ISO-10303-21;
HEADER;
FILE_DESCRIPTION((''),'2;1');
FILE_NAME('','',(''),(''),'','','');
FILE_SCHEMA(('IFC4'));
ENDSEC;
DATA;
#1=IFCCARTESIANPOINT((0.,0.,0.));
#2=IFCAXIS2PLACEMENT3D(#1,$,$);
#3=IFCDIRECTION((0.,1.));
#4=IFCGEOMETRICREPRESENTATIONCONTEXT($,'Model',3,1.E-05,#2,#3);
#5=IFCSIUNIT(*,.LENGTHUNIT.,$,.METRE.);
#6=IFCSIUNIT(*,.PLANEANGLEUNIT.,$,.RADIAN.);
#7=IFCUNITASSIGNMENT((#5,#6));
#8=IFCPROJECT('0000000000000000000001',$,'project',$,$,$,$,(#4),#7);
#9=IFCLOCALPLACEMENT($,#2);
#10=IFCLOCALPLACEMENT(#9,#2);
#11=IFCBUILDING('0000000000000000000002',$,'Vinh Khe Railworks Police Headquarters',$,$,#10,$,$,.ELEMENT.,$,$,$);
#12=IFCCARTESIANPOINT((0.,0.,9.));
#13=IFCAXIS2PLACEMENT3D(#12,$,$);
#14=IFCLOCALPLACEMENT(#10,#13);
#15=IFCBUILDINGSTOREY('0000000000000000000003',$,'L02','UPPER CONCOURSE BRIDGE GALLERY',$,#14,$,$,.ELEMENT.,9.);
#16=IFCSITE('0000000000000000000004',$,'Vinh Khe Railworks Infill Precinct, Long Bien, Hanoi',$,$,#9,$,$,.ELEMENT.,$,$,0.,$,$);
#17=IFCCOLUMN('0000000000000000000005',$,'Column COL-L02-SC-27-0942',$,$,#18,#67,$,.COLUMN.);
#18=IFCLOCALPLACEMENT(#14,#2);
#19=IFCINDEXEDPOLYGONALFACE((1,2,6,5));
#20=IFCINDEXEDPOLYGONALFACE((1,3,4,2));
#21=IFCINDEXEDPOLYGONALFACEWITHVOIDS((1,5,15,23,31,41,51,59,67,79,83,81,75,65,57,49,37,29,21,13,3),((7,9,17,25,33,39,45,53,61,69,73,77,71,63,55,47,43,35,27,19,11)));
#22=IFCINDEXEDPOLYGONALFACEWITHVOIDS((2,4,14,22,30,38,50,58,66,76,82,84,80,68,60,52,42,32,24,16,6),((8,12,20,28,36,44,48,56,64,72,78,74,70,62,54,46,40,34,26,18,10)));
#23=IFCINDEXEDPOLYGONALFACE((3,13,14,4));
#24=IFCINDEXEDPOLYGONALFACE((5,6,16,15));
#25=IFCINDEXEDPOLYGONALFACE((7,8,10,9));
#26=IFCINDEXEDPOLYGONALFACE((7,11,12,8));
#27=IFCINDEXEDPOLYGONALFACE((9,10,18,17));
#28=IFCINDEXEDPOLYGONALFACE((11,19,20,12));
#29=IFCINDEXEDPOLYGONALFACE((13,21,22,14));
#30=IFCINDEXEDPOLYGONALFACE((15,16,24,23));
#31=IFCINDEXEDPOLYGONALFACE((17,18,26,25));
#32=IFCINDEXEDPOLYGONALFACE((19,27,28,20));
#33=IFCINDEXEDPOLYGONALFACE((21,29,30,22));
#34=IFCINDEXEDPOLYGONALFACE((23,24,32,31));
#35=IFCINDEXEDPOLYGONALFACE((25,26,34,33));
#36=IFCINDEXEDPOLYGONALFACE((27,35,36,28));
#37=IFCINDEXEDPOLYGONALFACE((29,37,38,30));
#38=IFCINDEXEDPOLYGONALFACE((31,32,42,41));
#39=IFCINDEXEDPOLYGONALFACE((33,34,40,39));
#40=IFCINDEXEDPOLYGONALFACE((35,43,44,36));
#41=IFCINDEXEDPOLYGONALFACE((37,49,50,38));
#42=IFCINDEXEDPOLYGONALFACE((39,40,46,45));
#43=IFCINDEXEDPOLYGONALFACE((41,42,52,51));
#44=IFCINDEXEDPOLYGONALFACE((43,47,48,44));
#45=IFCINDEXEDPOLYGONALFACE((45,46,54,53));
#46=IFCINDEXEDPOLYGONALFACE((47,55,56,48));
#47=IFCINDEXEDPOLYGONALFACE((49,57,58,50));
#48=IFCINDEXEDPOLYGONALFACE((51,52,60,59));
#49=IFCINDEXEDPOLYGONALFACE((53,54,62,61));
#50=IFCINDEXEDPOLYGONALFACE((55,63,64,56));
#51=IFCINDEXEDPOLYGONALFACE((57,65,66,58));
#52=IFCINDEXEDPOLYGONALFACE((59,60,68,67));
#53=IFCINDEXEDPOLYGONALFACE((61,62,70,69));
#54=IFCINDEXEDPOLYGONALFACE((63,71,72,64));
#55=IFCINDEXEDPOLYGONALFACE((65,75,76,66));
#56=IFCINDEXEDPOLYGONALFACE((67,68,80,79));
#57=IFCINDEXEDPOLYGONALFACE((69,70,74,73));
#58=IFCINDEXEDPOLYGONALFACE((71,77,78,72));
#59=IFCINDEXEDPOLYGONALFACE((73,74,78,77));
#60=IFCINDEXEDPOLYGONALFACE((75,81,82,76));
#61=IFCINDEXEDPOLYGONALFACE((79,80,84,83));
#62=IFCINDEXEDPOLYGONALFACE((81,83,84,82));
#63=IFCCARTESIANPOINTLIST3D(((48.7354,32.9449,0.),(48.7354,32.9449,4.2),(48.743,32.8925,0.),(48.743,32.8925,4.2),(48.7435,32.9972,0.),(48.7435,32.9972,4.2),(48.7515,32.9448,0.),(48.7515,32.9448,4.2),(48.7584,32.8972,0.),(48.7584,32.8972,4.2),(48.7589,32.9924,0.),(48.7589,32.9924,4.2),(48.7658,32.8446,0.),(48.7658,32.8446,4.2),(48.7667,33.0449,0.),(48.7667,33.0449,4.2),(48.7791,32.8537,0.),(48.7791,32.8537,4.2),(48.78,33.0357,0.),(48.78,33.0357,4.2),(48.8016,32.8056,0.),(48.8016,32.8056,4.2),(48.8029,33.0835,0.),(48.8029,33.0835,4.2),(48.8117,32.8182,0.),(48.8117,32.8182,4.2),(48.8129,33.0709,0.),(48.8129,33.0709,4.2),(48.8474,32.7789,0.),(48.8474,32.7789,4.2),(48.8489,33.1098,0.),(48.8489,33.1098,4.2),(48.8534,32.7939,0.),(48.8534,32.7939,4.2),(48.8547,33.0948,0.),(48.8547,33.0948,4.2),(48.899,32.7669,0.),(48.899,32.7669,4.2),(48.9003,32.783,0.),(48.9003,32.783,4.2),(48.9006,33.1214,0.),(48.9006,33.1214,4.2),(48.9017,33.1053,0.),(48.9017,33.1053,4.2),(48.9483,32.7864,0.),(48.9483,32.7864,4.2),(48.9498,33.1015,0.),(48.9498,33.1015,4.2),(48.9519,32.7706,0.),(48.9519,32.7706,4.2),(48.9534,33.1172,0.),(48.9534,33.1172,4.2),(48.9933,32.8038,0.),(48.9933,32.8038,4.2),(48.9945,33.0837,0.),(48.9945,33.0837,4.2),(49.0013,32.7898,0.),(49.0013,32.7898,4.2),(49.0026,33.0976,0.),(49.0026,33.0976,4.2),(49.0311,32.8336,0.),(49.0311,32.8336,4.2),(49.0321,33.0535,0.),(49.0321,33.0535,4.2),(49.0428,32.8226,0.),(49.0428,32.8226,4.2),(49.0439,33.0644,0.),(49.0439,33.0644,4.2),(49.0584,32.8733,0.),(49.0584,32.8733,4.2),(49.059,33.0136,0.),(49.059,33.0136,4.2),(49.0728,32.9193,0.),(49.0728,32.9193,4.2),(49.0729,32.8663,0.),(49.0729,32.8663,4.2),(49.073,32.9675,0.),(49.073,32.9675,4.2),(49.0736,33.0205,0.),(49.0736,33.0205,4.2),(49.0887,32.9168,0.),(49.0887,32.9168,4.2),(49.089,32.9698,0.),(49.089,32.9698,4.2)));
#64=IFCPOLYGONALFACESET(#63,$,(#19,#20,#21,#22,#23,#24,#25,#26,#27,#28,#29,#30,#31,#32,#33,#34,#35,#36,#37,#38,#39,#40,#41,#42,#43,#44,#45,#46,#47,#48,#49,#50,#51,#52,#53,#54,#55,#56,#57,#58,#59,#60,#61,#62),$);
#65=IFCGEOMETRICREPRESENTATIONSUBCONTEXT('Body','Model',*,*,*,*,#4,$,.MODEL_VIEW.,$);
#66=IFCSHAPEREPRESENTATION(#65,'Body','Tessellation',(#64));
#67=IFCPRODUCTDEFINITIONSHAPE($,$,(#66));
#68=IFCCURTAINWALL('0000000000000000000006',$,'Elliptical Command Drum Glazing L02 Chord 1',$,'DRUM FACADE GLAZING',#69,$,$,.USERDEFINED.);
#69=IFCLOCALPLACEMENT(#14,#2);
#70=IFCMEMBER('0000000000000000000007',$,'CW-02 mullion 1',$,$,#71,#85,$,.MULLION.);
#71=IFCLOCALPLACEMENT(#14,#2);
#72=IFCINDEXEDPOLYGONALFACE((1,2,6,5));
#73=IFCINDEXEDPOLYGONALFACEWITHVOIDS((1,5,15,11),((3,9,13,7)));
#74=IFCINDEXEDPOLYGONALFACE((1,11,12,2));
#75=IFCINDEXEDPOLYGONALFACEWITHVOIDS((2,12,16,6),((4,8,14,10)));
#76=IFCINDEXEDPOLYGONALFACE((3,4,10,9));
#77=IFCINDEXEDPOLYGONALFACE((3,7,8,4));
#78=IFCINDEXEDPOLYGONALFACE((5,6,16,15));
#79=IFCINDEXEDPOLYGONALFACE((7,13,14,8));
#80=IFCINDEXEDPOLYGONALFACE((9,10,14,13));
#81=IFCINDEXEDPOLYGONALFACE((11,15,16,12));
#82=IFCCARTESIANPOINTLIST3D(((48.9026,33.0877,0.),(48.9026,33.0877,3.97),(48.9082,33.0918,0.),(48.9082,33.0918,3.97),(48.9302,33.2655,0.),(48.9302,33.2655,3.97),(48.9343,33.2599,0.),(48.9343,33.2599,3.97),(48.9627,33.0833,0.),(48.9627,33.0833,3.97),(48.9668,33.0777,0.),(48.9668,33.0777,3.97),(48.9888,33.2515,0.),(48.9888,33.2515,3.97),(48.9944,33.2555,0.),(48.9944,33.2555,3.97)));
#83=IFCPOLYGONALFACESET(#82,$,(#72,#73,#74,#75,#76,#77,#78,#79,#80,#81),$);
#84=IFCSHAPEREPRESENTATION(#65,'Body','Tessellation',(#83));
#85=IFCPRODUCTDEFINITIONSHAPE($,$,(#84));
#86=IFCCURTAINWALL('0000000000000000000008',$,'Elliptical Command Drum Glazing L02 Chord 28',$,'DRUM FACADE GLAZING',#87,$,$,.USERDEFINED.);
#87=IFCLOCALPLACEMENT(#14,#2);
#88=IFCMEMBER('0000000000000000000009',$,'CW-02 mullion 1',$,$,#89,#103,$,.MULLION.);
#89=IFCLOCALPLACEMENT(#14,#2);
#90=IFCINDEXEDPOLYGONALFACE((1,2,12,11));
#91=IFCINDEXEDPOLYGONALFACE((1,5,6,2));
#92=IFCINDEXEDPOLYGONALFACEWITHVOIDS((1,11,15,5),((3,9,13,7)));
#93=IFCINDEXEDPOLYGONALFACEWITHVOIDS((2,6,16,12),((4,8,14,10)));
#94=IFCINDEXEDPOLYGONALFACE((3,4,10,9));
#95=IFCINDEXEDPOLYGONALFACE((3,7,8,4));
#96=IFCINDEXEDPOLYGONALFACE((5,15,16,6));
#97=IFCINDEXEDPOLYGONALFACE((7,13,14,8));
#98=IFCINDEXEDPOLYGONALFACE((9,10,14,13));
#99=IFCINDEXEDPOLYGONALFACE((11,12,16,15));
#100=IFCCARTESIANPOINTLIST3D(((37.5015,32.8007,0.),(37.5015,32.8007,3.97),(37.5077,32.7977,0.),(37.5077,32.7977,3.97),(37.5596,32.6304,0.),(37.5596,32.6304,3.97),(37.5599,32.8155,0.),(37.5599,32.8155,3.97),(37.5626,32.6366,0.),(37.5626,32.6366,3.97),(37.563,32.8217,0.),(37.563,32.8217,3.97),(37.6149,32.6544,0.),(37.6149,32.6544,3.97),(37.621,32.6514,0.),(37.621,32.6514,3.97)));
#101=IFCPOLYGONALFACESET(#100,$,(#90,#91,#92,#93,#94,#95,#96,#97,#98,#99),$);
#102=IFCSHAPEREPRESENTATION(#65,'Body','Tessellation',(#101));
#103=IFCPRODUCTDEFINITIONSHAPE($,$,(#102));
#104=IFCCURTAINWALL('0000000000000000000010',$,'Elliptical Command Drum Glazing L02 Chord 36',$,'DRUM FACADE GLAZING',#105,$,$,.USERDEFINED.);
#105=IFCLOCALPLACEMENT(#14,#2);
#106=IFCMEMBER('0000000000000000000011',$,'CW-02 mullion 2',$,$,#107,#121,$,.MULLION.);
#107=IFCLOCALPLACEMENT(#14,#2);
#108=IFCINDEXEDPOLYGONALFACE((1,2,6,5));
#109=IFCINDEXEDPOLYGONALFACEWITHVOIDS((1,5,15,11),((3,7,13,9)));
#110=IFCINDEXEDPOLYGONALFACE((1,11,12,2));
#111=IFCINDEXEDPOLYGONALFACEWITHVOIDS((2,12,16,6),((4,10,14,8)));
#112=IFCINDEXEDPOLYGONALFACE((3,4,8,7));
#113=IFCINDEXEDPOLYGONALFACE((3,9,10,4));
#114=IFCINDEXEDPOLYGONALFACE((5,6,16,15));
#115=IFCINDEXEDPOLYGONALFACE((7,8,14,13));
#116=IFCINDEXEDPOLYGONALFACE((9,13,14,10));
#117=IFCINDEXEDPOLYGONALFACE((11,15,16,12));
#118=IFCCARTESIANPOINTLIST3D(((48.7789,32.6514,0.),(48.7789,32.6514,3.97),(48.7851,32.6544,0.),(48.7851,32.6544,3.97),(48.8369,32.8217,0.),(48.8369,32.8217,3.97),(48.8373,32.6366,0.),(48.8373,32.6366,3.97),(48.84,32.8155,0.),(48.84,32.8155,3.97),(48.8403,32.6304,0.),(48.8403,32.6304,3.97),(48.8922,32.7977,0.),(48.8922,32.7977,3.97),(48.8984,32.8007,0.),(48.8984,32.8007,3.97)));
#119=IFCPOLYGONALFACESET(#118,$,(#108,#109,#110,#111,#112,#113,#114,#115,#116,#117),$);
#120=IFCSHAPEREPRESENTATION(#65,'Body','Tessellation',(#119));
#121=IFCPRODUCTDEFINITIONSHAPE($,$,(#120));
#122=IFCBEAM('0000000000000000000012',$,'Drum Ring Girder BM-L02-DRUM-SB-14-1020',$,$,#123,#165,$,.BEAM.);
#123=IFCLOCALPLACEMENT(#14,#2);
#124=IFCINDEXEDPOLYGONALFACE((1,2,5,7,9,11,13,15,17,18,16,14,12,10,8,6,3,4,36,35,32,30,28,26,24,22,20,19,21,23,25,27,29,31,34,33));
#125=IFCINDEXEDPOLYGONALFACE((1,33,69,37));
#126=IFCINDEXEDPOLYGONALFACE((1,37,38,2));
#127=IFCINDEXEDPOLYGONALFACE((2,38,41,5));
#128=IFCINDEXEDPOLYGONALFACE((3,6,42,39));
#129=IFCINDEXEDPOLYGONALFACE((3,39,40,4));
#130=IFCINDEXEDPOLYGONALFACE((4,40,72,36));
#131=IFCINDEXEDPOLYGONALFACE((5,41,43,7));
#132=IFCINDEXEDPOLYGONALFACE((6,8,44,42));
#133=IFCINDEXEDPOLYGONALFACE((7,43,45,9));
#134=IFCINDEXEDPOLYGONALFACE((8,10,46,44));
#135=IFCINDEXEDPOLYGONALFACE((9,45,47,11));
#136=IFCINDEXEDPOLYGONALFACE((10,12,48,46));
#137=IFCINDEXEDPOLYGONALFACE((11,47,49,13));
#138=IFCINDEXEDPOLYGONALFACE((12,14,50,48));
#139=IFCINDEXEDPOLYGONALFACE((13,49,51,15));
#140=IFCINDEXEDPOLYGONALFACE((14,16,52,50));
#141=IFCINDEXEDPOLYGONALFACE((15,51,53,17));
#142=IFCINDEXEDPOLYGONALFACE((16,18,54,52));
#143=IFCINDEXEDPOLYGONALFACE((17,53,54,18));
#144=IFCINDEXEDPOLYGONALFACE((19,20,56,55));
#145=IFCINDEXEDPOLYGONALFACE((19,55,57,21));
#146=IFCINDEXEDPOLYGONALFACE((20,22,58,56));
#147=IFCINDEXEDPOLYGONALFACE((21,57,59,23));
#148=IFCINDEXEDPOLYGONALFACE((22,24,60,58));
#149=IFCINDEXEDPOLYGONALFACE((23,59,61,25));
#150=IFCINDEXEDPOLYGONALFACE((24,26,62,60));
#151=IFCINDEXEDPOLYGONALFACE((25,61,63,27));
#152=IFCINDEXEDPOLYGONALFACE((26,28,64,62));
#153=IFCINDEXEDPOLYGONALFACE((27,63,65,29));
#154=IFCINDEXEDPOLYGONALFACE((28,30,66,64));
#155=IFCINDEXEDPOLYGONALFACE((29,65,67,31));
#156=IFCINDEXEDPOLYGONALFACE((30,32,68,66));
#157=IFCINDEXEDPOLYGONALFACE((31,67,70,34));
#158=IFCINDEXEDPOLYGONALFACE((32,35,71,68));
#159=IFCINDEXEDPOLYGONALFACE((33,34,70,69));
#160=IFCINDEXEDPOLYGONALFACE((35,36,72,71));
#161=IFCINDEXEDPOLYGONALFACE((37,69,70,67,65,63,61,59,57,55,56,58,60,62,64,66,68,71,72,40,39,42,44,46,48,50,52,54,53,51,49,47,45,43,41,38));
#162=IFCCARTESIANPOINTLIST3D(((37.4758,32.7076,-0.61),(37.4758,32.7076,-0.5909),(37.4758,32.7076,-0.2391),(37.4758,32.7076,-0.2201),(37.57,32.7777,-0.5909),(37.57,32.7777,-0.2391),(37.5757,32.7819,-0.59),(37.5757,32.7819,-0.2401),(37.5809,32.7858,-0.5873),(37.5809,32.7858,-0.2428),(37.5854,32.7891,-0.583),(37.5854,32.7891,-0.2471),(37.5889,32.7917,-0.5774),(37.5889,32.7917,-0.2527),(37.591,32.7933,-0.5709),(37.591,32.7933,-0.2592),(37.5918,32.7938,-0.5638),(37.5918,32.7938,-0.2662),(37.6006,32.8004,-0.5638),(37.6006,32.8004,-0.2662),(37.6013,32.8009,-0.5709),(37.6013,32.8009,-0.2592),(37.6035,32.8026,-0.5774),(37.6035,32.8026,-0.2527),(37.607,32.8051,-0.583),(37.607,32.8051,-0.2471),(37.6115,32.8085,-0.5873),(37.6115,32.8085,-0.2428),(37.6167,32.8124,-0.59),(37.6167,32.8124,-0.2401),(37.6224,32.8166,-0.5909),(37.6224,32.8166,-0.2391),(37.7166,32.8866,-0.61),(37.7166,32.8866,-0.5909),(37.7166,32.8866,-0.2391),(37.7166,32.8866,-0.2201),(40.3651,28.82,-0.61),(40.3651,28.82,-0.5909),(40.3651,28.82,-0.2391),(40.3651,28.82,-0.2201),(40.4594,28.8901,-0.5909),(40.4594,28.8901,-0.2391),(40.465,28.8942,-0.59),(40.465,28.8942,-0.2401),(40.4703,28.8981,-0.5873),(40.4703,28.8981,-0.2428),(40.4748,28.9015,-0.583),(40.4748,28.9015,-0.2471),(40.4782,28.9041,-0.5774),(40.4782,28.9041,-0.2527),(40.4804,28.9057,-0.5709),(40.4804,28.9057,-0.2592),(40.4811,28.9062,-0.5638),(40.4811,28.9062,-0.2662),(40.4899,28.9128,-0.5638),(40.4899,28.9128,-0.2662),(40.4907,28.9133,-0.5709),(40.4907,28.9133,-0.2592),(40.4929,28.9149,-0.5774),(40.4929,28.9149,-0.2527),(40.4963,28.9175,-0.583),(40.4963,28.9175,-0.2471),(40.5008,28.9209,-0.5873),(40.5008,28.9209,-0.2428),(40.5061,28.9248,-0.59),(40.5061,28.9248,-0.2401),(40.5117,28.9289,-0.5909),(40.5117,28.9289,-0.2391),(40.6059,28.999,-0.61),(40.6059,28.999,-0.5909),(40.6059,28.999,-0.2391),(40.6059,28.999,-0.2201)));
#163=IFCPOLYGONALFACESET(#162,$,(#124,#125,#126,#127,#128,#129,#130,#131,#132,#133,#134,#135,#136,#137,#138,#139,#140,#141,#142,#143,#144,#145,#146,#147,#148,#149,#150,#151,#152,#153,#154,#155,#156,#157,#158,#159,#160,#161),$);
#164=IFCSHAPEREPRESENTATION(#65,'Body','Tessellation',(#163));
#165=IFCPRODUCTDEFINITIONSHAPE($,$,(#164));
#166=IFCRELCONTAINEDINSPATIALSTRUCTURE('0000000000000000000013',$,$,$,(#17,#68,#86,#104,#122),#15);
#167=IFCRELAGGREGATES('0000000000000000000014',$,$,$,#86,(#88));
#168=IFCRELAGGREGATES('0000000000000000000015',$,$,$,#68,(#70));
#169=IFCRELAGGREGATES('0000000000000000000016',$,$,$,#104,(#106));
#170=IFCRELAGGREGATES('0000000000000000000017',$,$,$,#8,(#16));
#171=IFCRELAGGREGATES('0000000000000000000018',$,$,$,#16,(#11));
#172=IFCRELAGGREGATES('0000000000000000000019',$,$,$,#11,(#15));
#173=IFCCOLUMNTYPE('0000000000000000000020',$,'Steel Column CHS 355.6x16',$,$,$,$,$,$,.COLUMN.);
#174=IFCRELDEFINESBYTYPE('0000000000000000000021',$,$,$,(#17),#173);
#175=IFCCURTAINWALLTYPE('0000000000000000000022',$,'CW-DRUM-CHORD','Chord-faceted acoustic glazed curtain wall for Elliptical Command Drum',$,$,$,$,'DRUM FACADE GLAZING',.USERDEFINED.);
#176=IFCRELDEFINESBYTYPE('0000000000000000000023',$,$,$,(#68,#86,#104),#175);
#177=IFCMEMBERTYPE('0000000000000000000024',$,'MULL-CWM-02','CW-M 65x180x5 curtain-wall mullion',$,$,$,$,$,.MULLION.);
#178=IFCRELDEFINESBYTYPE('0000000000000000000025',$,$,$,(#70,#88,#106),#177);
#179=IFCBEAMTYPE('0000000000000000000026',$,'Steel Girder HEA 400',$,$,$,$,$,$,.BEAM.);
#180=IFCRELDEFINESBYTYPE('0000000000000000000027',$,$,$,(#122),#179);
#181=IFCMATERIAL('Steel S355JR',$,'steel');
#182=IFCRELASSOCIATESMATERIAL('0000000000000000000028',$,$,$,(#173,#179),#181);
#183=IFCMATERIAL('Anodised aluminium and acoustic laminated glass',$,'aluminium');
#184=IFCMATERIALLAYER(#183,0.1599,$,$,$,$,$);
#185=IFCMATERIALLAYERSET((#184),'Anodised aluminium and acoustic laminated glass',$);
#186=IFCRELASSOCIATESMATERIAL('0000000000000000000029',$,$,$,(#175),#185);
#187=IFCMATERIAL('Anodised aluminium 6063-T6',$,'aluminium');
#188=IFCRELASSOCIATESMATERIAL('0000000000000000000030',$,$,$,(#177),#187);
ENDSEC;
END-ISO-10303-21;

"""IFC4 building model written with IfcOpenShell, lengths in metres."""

from ifc_helpers import new_model, si_unit, direction, frame, origin, origin_2d, place, context, subcontext, project, spatial, hollow_rectangle, hollow_circle, i_section, extrude, material, layer, layer_set, material_profile, profile_set, type_object, element, aggregate, save


model = new_model("IFC4")

# Units and contexts
model_context = context("Model", 3, precision=1e-05, world=origin(), true_north=direction((0.0, 1.0)))
body_context = subcontext(model_context, "Body", "Model", "MODEL_VIEW")
ifc_project = project(units=[si_unit("LENGTHUNIT", "METRE"), si_unit("PLANEANGLEUNIT", "RADIAN")], contexts=[model_context])

# Site, building, storey
site_placement = place(None, origin())
site = spatial("IfcSite", under=ifc_project, at=site_placement, Name="Vinh Khe Railworks Infill Precinct, Long Bien, Hanoi", CompositionType="ELEMENT", RefElevation=0.0)
building_placement = place(site_placement, origin())
building = spatial("IfcBuilding", under=site, at=building_placement, Name="Vinh Khe Railworks Police Headquarters", CompositionType="ELEMENT")
storey_placement = place(building_placement, frame((0.0, 0.0, 9.0)))
storey = spatial("IfcBuildingStorey", under=building, at=storey_placement, Name="L02", Description="UPPER CONCOURSE BRIDGE GALLERY", CompositionType="ELEMENT", Elevation=9.0)

# Column
ifc_material_1 = material(Name="Steel S355JR", Category="steel")
ifc_material_profile_1 = material_profile(ifc_material_1, hollow_circle(Radius=0.1777, WallThickness=0.0161, at=origin_2d()), Name="CHS 355.6x16")
ifc_profile_set_1 = profile_set([ifc_material_profile_1], Name="Steel S355JR")
column_type = type_object("IfcColumnType", Name="Steel Column CHS 355.6x16", PredefinedType="COLUMN", material=ifc_profile_set_1)
column_placement = place(storey_placement, frame((48.9131, 32.9441, 0.0), z_axis=(0.0, 0.0, 1.0), x_axis=(0.988148, -0.153503, 0.0)))
element("IfcColumn", 1, at=column_placement, inside=storey, type_object=column_type, Name="Column COL-L02-SC-27-0942", PredefinedType="COLUMN", context=body_context, shape_type="SweptSolid", body=[
    extrude(hollow_circle(Radius=0.1777, WallThickness=0.0161, at=origin_2d()), origin(), (0.0, 0.0, 1.0), 4.2),
])

# Curtain walls, members
ifc_material_2 = material(Name="Anodised aluminium and acoustic laminated glass", Category="aluminium")
ifc_layer_1 = layer(ifc_material_2, 0.1599)
ifc_layer_set_1 = layer_set([ifc_layer_1], Name="Anodised aluminium and acoustic laminated glass")
curtain_wall_type = type_object("IfcCurtainWallType", Name="CW-DRUM-CHORD", Description="Chord-faceted acoustic glazed curtain wall for Elliptical Command Drum", ElementType="DRUM FACADE GLAZING", PredefinedType="USERDEFINED", material=ifc_layer_set_1)
curtain_wall_1_placement = place(storey_placement, origin())
curtain_wall_1 = element("IfcCurtainWall", 2, at=curtain_wall_1_placement, inside=storey, type_object=curtain_wall_type, Name="Elliptical Command Drum Glazing L02 Chord 1", ObjectType="DRUM FACADE GLAZING", PredefinedType="USERDEFINED")
ifc_material_3 = material(Name="Anodised aluminium 6063-T6", Category="aluminium")
ifc_material_profile_2 = material_profile(ifc_material_3, hollow_rectangle(XDim=0.0649, YDim=0.1799, WallThickness=0.0049, at=origin_2d()), Name="CW-M 65x180x5")
ifc_profile_set_2 = profile_set([ifc_material_profile_2], Name="Anodised aluminium 6063-T6")
member_type_1 = type_object("IfcMemberType", Name="MULL-CWM-02", Description="CW-M 65x180x5 curtain-wall mullion", PredefinedType="MULLION", material=ifc_profile_set_2)
member_1_placement = place(storey_placement, frame((48.9485, 33.1716, 0.0), z_axis=(0.0, 0.0, 1.0), x_axis=(-0.98815, 0.15349, 0.0)))
member_1 = element("IfcMember", 3, at=member_1_placement, type_object=member_type_1, Name="CW-02 mullion 1", PredefinedType="MULLION", context=body_context, shape_type="SweptSolid", body=[
    extrude(hollow_rectangle(XDim=0.0649, YDim=0.1799, WallThickness=0.0049, at=origin_2d()), origin(), (0.0, 0.0, 1.0), 3.97),
])
curtain_wall_2_placement = place(storey_placement, origin())
curtain_wall_2 = element("IfcCurtainWall", 4, at=curtain_wall_2_placement, inside=storey, type_object=curtain_wall_type, Name="Elliptical Command Drum Glazing L02 Chord 28", ObjectType="DRUM FACADE GLAZING", PredefinedType="USERDEFINED")
member_2_placement = place(storey_placement, frame((37.5613, 32.7261, 0.0), z_axis=(0.0, 0.0, 1.0), x_axis=(0.946486, 0.322746, 0.0)))
member_2 = element("IfcMember", 5, at=member_2_placement, type_object=member_type_1, Name="CW-02 mullion 1", PredefinedType="MULLION", context=body_context, shape_type="SweptSolid", body=[
    extrude(hollow_rectangle(XDim=0.0649, YDim=0.1799, WallThickness=0.0049, at=origin_2d()), origin(), (0.0, 0.0, 1.0), 3.97),
])
curtain_wall_3_placement = place(storey_placement, origin())
curtain_wall_3 = element("IfcCurtainWall", 6, at=curtain_wall_3_placement, inside=storey, type_object=curtain_wall_type, Name="Elliptical Command Drum Glazing L02 Chord 36", ObjectType="DRUM FACADE GLAZING", PredefinedType="USERDEFINED")
member_3_placement = place(storey_placement, frame((48.8386, 32.7261, 0.0), z_axis=(0.0, 0.0, 1.0), x_axis=(-0.946486, 0.322746, 0.0)))
member_3 = element("IfcMember", 7, at=member_3_placement, type_object=member_type_1, Name="CW-02 mullion 2", PredefinedType="MULLION", context=body_context, shape_type="SweptSolid", body=[
    extrude(hollow_rectangle(XDim=0.0649, YDim=0.1799, WallThickness=0.0049, at=origin_2d()), origin(), (0.0, 0.0, 1.0), 3.97),
])

# Beam
ifc_material_profile_3 = material_profile(ifc_material_1, i_section(OverallWidth=0.3, OverallDepth=0.3899, WebThickness=0.011, FlangeThickness=0.019, FilletRadius=0.0271, at=origin_2d()), Name="HEA 400")
ifc_profile_set_3 = profile_set([ifc_material_profile_3], Name="Steel S355JR")
beam_type = type_object("IfcBeamType", Name="Steel Girder HEA 400", PredefinedType="BEAM", material=ifc_profile_set_3)
beam_1_placement = place(storey_placement, frame((37.5962, 32.7971, -0.415), z_axis=(0.596511, -0.802605, 0.0), x_axis=(0.802605, 0.596511, 0.0)))
element("IfcBeam", 8, at=beam_1_placement, inside=storey, type_object=beam_type, Name="Drum Ring Girder BM-L02-DRUM-SB-14-1020", PredefinedType="BEAM", context=body_context, shape_type="SweptSolid", body=[
    extrude(i_section(OverallWidth=0.3, OverallDepth=0.3899, WebThickness=0.011, FlangeThickness=0.019, FilletRadius=0.0271, at=origin_2d()), origin(), (0.0, 0.0, 1.0), 4.8438),
])

aggregate(curtain_wall_2, [member_2])

aggregate(curtain_wall_1, [member_1])
aggregate(curtain_wall_3, [member_3])

save(model, "model.ifc")
